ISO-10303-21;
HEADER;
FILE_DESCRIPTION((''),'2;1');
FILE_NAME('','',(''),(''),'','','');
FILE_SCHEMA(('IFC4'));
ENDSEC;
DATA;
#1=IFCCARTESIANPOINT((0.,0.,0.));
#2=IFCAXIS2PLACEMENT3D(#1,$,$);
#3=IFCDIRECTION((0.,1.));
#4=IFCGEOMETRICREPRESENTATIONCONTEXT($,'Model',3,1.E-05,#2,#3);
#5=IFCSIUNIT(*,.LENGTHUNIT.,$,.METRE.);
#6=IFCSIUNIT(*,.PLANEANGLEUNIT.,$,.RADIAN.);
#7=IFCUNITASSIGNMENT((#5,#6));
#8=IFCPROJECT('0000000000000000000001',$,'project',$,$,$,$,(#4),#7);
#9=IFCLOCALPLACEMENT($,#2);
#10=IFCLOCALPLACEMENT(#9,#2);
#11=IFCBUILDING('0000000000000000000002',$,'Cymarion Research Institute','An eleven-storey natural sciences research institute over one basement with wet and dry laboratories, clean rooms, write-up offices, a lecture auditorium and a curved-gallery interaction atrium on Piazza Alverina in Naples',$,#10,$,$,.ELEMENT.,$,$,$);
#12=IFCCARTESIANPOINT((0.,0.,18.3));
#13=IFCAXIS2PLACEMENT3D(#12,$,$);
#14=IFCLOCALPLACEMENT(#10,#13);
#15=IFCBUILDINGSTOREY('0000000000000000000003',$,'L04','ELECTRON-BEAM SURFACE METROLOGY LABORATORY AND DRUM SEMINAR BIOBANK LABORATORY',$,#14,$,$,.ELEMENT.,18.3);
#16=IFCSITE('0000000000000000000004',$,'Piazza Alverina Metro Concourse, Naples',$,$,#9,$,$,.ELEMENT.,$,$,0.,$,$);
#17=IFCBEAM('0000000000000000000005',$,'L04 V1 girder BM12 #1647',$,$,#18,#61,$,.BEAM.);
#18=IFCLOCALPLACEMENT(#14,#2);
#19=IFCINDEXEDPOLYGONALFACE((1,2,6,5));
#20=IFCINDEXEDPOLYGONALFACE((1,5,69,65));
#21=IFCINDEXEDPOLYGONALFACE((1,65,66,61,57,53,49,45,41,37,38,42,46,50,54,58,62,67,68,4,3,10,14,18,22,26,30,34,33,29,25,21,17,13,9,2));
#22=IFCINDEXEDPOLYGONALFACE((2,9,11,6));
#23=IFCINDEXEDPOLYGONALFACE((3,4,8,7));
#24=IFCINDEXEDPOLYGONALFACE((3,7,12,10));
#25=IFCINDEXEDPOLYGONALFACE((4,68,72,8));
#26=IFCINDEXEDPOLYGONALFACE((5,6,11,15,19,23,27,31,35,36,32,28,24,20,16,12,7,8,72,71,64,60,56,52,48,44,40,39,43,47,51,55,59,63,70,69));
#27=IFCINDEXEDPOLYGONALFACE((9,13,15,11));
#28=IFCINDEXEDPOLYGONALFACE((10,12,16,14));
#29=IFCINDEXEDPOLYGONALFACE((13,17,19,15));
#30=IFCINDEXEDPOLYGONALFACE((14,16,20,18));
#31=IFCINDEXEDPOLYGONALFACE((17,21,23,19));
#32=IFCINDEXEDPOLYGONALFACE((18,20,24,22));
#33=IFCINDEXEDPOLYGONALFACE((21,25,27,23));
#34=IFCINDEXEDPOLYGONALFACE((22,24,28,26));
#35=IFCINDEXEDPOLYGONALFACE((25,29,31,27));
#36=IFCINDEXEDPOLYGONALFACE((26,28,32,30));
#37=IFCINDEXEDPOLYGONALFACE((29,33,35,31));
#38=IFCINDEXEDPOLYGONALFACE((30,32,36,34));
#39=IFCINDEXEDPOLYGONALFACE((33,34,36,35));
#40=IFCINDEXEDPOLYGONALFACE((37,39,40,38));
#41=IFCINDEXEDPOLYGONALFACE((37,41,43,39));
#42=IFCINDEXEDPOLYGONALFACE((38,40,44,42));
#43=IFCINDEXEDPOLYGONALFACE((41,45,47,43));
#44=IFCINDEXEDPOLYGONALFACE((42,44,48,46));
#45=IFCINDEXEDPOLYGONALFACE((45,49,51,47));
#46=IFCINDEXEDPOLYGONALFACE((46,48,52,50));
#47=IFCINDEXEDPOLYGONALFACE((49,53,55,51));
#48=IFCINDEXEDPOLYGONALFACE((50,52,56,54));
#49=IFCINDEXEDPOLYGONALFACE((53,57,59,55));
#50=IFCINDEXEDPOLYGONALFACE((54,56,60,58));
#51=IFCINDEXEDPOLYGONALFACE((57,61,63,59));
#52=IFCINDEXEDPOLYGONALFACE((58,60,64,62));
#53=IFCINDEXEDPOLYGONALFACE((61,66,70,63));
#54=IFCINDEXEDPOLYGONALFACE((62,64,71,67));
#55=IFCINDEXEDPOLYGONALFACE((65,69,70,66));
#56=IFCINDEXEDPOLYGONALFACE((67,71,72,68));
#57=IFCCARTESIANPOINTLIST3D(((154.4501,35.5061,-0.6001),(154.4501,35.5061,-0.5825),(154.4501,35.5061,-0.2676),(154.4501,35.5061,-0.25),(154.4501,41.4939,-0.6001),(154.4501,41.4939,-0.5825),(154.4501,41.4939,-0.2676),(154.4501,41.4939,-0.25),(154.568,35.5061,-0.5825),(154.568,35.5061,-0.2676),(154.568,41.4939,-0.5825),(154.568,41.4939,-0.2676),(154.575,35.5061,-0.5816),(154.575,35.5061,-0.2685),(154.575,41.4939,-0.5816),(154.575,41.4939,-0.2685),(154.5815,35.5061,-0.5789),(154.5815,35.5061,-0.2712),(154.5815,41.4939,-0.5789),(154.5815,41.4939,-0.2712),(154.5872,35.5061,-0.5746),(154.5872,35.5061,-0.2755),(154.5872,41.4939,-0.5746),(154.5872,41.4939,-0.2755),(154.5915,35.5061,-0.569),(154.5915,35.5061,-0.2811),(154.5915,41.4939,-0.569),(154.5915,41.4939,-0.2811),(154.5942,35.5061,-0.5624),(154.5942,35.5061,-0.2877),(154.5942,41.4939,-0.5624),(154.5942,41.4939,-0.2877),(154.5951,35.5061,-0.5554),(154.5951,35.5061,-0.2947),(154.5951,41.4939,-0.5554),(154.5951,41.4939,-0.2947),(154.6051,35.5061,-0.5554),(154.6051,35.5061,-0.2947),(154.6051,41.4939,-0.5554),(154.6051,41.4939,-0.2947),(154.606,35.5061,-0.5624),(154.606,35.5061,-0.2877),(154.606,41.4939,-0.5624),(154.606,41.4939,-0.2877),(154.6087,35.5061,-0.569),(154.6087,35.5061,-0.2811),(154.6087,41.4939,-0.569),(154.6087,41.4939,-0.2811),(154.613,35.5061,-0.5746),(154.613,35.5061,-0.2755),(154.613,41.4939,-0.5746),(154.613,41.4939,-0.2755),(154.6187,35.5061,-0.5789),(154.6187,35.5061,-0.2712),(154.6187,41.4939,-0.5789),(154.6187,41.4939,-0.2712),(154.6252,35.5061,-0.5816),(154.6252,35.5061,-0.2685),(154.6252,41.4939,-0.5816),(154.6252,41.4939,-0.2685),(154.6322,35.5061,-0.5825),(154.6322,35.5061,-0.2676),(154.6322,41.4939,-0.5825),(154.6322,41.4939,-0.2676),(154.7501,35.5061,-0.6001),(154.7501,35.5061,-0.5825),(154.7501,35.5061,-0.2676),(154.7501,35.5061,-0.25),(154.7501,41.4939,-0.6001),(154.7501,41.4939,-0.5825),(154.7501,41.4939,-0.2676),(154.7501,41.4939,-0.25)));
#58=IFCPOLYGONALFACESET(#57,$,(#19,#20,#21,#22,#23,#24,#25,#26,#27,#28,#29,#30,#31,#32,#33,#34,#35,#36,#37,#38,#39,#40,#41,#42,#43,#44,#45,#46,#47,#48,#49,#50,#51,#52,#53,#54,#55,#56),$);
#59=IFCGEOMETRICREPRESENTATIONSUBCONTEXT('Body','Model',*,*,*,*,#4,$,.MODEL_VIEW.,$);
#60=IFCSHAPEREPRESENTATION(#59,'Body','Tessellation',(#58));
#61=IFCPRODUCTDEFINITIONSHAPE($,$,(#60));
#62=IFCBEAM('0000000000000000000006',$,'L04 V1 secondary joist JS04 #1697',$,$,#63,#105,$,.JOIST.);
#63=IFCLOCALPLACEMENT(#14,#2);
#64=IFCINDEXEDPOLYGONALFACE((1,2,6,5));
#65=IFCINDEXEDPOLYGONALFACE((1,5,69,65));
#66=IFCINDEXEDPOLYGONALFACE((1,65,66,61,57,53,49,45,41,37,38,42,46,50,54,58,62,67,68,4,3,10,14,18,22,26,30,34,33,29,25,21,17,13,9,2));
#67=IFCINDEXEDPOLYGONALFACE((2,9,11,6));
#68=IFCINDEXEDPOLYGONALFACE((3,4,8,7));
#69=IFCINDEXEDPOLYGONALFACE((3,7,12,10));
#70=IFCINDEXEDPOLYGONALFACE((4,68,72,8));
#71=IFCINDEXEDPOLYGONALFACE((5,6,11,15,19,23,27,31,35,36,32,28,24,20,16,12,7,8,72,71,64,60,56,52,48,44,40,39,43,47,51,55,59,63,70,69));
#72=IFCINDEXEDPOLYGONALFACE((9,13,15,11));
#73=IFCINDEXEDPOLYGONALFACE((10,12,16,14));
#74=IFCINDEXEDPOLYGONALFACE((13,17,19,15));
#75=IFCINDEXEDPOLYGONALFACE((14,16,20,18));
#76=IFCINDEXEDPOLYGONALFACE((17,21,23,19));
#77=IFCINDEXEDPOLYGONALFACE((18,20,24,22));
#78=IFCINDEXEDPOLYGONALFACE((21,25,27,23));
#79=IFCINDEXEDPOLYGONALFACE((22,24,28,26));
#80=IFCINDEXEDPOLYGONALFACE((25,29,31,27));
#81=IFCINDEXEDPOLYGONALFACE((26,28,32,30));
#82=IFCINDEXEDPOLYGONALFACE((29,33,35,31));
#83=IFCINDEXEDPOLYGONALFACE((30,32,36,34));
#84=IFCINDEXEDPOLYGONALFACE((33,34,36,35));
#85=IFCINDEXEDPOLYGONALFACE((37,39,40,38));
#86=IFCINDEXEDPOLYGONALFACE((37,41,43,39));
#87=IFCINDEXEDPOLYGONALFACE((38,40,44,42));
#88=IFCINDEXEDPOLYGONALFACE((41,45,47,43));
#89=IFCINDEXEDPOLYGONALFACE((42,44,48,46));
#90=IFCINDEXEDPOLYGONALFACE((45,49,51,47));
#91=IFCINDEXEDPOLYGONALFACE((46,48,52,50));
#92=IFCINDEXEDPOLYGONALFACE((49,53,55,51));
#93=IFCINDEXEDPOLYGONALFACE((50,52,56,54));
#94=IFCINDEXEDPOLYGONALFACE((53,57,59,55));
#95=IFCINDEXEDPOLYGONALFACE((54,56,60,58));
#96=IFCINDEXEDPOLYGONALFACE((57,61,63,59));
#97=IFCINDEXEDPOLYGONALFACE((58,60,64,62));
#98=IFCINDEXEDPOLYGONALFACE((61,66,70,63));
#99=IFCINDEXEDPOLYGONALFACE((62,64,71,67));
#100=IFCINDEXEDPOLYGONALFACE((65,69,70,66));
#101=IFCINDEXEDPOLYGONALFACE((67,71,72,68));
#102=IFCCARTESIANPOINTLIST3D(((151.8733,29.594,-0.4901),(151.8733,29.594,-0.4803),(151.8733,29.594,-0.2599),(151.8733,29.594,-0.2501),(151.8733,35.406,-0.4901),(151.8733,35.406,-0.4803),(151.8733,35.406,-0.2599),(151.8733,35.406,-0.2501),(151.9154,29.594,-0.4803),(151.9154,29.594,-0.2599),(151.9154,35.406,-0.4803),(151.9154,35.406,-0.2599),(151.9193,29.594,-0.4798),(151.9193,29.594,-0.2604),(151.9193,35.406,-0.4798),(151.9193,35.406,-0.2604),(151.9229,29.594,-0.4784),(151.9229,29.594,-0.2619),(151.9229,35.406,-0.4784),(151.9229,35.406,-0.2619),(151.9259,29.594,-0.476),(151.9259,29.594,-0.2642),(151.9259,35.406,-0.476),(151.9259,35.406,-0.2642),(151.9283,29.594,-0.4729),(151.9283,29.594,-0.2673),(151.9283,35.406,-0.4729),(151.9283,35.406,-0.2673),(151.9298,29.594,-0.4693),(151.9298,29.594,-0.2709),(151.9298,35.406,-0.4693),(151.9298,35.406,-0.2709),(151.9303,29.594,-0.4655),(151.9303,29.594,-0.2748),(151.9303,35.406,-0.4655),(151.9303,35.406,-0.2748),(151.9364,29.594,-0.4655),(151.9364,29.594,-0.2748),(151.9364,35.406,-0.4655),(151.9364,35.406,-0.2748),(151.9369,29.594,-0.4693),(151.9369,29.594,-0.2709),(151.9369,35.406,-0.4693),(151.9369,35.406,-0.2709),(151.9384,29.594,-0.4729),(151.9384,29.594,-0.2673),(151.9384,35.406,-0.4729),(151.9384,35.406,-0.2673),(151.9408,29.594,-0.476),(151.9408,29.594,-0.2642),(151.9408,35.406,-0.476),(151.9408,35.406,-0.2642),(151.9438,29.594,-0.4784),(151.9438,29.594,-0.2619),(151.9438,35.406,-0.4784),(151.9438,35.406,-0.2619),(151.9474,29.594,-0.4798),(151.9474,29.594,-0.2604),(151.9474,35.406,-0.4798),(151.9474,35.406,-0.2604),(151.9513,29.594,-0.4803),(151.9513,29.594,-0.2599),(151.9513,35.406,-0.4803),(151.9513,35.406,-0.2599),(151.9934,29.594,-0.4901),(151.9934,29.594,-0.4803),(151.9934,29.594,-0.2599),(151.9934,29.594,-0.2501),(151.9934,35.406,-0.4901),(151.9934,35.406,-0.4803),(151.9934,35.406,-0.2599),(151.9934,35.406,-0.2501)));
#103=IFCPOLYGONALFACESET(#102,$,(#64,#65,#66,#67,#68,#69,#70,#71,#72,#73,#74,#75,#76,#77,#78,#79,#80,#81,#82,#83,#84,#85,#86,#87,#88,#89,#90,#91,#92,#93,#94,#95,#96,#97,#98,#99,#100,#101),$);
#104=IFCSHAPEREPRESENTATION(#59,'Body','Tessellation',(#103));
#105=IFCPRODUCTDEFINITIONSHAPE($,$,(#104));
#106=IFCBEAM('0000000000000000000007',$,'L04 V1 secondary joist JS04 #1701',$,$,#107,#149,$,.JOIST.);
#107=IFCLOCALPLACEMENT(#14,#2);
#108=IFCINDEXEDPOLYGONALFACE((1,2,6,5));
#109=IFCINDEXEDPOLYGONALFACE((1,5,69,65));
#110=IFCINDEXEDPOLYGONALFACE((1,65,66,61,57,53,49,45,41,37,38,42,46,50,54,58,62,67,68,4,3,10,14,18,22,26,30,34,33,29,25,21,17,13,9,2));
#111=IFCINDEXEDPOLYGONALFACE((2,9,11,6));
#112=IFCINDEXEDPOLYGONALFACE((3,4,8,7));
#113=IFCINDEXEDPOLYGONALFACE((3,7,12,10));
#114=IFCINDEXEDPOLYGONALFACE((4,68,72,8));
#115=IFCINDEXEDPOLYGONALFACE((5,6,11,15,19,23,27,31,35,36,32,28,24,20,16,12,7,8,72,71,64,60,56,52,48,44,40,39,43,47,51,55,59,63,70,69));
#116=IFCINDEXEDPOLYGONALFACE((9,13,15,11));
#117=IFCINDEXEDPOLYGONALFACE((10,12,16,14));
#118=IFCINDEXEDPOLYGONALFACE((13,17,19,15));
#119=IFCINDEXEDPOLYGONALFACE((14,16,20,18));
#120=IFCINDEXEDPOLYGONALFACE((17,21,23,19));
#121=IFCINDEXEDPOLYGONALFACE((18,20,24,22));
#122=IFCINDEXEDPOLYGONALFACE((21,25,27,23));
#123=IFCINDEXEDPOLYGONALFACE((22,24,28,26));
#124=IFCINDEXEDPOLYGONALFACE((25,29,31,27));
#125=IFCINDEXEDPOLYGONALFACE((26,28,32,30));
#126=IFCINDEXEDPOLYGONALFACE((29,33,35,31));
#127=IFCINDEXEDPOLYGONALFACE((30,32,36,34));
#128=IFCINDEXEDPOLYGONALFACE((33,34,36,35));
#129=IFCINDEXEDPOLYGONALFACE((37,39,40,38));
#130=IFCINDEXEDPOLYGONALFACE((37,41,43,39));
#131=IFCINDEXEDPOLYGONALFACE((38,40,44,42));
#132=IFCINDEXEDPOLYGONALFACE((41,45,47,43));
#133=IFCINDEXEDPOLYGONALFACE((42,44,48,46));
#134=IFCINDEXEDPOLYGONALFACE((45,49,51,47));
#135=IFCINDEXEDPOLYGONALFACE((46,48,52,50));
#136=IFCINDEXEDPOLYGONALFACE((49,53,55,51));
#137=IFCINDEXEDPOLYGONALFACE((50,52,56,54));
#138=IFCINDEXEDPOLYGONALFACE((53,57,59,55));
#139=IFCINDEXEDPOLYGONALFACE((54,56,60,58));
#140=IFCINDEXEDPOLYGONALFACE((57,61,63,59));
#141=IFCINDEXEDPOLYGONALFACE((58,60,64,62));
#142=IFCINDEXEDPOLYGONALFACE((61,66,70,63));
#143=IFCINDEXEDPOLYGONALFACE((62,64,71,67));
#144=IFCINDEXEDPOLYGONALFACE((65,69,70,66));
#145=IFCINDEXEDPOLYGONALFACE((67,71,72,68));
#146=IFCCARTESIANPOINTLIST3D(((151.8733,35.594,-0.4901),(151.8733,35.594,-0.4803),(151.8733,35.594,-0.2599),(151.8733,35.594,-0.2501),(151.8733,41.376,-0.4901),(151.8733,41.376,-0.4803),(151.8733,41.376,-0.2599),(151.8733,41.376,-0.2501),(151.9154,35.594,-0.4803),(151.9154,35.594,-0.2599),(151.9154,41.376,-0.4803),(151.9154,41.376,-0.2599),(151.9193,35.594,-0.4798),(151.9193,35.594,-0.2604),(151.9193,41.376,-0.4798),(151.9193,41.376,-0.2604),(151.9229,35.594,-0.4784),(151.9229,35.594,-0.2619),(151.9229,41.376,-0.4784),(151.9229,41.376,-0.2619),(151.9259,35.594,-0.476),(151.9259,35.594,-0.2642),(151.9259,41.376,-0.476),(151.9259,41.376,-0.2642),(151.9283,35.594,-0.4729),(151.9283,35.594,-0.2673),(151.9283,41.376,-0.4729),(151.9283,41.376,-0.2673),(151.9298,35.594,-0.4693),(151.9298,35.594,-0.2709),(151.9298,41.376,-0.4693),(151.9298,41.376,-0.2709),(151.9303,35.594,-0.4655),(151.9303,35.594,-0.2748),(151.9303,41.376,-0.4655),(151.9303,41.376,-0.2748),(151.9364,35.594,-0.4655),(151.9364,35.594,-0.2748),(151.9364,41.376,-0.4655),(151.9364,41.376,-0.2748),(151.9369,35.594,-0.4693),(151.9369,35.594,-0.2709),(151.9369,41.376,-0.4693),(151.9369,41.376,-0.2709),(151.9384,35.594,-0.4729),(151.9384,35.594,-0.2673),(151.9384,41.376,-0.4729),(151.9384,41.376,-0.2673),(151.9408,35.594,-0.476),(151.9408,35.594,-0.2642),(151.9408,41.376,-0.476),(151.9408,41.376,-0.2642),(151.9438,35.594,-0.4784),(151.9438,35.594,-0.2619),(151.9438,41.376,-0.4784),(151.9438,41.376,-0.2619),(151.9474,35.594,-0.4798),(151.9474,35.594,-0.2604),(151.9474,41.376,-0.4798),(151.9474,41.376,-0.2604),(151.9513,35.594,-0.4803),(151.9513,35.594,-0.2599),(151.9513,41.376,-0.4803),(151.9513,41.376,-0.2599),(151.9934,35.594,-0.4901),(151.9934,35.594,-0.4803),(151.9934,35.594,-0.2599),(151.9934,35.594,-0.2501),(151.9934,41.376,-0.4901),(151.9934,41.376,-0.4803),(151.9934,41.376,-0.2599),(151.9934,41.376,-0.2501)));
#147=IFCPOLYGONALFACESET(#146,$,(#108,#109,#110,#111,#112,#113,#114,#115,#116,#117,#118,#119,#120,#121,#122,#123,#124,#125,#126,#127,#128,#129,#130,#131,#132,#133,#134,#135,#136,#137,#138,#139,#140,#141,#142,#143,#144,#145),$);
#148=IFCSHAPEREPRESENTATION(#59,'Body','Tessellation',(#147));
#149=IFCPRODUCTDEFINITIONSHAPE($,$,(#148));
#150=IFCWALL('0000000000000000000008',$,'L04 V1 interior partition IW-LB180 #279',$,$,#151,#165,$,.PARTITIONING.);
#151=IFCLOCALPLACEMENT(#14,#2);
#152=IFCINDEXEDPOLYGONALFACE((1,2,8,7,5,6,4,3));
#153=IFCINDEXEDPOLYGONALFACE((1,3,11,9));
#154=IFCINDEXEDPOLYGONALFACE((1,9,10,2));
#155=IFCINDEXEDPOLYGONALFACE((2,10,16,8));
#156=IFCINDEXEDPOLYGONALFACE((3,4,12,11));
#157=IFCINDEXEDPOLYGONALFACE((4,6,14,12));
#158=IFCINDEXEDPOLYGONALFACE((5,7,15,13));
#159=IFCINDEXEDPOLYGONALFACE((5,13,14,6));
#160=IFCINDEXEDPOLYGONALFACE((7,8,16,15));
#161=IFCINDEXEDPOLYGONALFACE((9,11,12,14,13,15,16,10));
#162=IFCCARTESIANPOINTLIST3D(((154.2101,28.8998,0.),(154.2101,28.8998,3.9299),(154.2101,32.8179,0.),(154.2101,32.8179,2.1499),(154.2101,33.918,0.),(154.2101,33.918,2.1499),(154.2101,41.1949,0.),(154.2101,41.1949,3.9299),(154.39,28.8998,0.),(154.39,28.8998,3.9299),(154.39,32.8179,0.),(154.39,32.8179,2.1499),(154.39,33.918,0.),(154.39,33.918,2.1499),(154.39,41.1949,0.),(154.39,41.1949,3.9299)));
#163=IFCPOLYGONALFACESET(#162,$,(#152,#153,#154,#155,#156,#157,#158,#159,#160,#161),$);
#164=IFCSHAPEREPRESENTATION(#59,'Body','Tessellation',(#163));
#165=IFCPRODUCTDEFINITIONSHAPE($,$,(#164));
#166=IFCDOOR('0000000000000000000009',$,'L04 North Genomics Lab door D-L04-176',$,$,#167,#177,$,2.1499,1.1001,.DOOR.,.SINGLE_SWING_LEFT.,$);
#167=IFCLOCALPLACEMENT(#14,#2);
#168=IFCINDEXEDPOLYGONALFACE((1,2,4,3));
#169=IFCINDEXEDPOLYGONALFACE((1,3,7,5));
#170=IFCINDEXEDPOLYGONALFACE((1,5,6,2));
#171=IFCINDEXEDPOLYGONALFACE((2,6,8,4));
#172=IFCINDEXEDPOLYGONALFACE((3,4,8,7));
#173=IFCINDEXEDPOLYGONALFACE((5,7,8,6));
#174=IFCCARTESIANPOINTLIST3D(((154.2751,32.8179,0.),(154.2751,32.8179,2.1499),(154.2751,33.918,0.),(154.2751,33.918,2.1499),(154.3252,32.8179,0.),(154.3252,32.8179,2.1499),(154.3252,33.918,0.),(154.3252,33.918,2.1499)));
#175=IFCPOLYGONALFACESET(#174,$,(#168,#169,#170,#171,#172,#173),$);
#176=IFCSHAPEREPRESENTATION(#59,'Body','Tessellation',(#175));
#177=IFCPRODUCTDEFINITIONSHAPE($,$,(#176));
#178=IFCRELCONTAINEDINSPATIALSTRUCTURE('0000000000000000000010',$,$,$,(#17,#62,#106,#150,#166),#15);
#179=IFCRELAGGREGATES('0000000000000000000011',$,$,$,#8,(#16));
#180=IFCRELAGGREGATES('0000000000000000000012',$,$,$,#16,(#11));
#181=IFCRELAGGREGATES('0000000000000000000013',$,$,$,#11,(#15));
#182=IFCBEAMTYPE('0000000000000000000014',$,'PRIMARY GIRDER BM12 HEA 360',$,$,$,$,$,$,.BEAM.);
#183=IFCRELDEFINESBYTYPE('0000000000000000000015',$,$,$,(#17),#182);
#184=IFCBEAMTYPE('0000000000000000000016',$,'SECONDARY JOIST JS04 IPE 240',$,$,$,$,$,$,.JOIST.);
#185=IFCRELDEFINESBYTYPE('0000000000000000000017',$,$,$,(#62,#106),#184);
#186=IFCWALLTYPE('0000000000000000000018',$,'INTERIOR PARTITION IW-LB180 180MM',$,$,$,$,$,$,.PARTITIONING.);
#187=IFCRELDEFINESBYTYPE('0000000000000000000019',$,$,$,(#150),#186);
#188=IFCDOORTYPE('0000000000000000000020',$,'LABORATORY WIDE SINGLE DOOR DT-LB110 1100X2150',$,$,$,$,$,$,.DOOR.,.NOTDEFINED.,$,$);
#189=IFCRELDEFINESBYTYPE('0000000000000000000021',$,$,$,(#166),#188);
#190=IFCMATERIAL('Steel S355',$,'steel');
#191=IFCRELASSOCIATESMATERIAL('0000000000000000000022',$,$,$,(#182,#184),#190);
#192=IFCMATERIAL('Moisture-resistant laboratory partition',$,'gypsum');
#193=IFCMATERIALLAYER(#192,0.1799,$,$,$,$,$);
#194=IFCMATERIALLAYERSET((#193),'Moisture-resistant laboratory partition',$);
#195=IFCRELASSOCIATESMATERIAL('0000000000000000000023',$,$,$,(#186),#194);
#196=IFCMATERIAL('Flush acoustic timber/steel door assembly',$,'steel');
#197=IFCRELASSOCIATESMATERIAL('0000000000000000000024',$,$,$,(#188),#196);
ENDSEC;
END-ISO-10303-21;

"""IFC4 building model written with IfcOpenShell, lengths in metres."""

from ifc_helpers import new_model, si_unit, direction, frame, frame_2d, origin, origin_2d, place, context, subcontext, project, spatial, rectangle, i_section, extrude, material, layer, layer_set, material_profile, profile_set, type_object, element, fill, save


model = new_model("IFC4")

# Units and contexts
model_context = context("Model", 3, precision=1e-05, world=origin(), true_north=direction((0.0, 1.0)))
body_context = subcontext(model_context, "Body", "Model", "MODEL_VIEW")
ifc_project = project(units=[si_unit("LENGTHUNIT", "METRE"), si_unit("PLANEANGLEUNIT", "RADIAN")], contexts=[model_context])

# Site, building, storey
site_placement = place(None, origin())
site = spatial("IfcSite", under=ifc_project, at=site_placement, Name="Piazza Alverina Metro Concourse, Naples", CompositionType="ELEMENT", RefElevation=0.0)
building_placement = place(site_placement, origin())
building = spatial("IfcBuilding", under=site, at=building_placement, Name="Cymarion Research Institute", Description="An eleven-storey natural sciences research institute over one basement with wet and dry laboratories, clean rooms, write-up offices, a lecture auditorium and a curved-gallery interaction atrium on Piazza Alverina in Naples", CompositionType="ELEMENT")
storey_placement = place(building_placement, frame((0.0, 0.0, 18.3)))
storey = spatial("IfcBuildingStorey", under=building, at=storey_placement, Name="L04", Description="ELECTRON-BEAM SURFACE METROLOGY LABORATORY AND DRUM SEMINAR BIOBANK LABORATORY", CompositionType="ELEMENT", Elevation=18.3)

# Shared definitions
ifc_material_1 = material(Name="Steel S355", Category="steel")

# Beams
ifc_material_profile_1 = material_profile(ifc_material_1, i_section(OverallWidth=0.3, OverallDepth=0.3501, WebThickness=0.01, FlangeThickness=0.0176, FilletRadius=0.0271, at=origin_2d()), Name="HEA 360")
ifc_profile_set_1 = profile_set([ifc_material_profile_1], Name="Steel S355")
beam_type_1 = type_object("IfcBeamType", Name="PRIMARY GIRDER BM12 HEA 360", PredefinedType="BEAM", material=ifc_profile_set_1)
for number, where, z_axis, x_axis, name in (
    (1, (154.6001, 35.5061, -0.425), (0.0, 1.0, 0.0), (-1.0, 0.0, 0.0), "L04 V1 girder BM12 #1647"),
):
    element("IfcBeam", number, at=place(storey_placement, frame(where, z_axis=z_axis, x_axis=x_axis)), inside=storey, type_object=beam_type_1, Name=name, PredefinedType="BEAM", context=body_context, shape_type="SweptSolid", body=[
        extrude(i_section(OverallWidth=0.3, OverallDepth=0.3501, WebThickness=0.01, FlangeThickness=0.0176, FilletRadius=0.0271, at=origin_2d()), origin(), (0.0, 0.0, 1.0), 5.9878),
    ])
ifc_material_profile_2 = material_profile(ifc_material_1, i_section(OverallWidth=0.1201, OverallDepth=0.24, WebThickness=0.0061, FlangeThickness=0.0098, FilletRadius=0.0149, at=origin_2d()), Name="IPE 240")
ifc_profile_set_2 = profile_set([ifc_material_profile_2], Name="Steel S355")
beam_type_2 = type_object("IfcBeamType", Name="SECONDARY JOIST JS04 IPE 240", PredefinedType="JOIST", material=ifc_profile_set_2)
beam_1_placement = place(storey_placement, frame((151.9333, 29.594, -0.3701), z_axis=(0.0, 1.0, 0.0), x_axis=(-1.0, 0.0, 0.0)))
element("IfcBeam", 2, at=beam_1_placement, inside=storey, type_object=beam_type_2, Name="L04 V1 secondary joist JS04 #1697", PredefinedType="JOIST", context=body_context, shape_type="SweptSolid", body=[
    extrude(i_section(OverallWidth=0.1201, OverallDepth=0.24, WebThickness=0.0061, FlangeThickness=0.0098, FilletRadius=0.0149, at=origin_2d()), origin(), (0.0, 0.0, 1.0), 5.812),
])
beam_2_placement = place(storey_placement, frame((151.9333, 35.594, -0.3701), z_axis=(0.0, 1.0, 0.0), x_axis=(-1.0, 0.0, 0.0)))
element("IfcBeam", 3, at=beam_2_placement, inside=storey, type_object=beam_type_2, Name="L04 V1 secondary joist JS04 #1701", PredefinedType="JOIST", context=body_context, shape_type="SweptSolid", body=[
    extrude(i_section(OverallWidth=0.1201, OverallDepth=0.24, WebThickness=0.0061, FlangeThickness=0.0098, FilletRadius=0.0149, at=origin_2d()), origin(), (0.0, 0.0, 1.0), 5.782),
])

# Wall, opening, door
ifc_material_2 = material(Name="Moisture-resistant laboratory partition", Category="gypsum")
ifc_layer_1 = layer(ifc_material_2, 0.1799)
ifc_layer_set_1 = layer_set([ifc_layer_1], Name="Moisture-resistant laboratory partition")
wall_type_1 = type_object("IfcWallType", Name="INTERIOR PARTITION IW-LB180 180MM", PredefinedType="PARTITIONING", material=ifc_layer_set_1)
wall_1_placement = place(storey_placement, frame((154.3, 28.8999, 0.0), z_axis=(0.0, 0.0, 1.0), x_axis=(0.0, 1.0, 0.0)))
wall_1 = element("IfcWall", 4, at=wall_1_placement, inside=storey, type_object=wall_type_1, Name="L04 V1 interior partition IW-LB180 #279", PredefinedType="PARTITIONING", context=body_context, shape_type="SweptSolid", body=[
    extrude(rectangle(XDim=12.2952, YDim=0.1799, at=frame_2d((6.1475, 0.0))), origin(), (0.0, 0.0, 1.0), 3.9299),
])
opening_1_placement = place(wall_1_placement, frame((3.918, 0.0, 0.0)))
opening_1 = element("IfcOpeningElement", 5, at=opening_1_placement, cuts=wall_1, PredefinedType="OPENING", context=body_context, shape_type="SweptSolid", body=[
    extrude(rectangle(XDim=1.1001, YDim=2.1499, at=frame_2d((0.55, 1.075))), frame((0.0, 0.0999, 0.0), z_axis=(0.0, -1.0, 0.0), x_axis=(1.0, 0.0, 0.0)), (0.0, 0.0, 1.0), 0.2),
])
ifc_material_3 = material(Name="Flush acoustic timber/steel door assembly", Category="steel")
door_type_1 = type_object("IfcDoorType", Name="LABORATORY WIDE SINGLE DOOR DT-LB110 1100X2150", OperationType="NOTDEFINED", PredefinedType="DOOR", material=ifc_material_3)
door_1_placement = place(opening_1_placement, origin())
door_1 = element("IfcDoor", 6, at=door_1_placement, inside=storey, type_object=door_type_1, Name="L04 North Genomics Lab door D-L04-176", OperationType="SINGLE_SWING_LEFT", OverallHeight=2.1499, OverallWidth=1.1001, PredefinedType="DOOR", context=body_context, shape_type="SweptSolid", body=[
    extrude(rectangle(XDim=1.1001, YDim=2.1499, at=frame_2d((0.55, 1.075))), frame((0.0, 0.0249, 0.0), z_axis=(0.0, -1.0, 0.0), x_axis=(1.0, 0.0, 0.0)), (0.0, 0.0, 1.0), 0.05),
])
fill(opening_1, door_1)

save(model, "model.ifc")
